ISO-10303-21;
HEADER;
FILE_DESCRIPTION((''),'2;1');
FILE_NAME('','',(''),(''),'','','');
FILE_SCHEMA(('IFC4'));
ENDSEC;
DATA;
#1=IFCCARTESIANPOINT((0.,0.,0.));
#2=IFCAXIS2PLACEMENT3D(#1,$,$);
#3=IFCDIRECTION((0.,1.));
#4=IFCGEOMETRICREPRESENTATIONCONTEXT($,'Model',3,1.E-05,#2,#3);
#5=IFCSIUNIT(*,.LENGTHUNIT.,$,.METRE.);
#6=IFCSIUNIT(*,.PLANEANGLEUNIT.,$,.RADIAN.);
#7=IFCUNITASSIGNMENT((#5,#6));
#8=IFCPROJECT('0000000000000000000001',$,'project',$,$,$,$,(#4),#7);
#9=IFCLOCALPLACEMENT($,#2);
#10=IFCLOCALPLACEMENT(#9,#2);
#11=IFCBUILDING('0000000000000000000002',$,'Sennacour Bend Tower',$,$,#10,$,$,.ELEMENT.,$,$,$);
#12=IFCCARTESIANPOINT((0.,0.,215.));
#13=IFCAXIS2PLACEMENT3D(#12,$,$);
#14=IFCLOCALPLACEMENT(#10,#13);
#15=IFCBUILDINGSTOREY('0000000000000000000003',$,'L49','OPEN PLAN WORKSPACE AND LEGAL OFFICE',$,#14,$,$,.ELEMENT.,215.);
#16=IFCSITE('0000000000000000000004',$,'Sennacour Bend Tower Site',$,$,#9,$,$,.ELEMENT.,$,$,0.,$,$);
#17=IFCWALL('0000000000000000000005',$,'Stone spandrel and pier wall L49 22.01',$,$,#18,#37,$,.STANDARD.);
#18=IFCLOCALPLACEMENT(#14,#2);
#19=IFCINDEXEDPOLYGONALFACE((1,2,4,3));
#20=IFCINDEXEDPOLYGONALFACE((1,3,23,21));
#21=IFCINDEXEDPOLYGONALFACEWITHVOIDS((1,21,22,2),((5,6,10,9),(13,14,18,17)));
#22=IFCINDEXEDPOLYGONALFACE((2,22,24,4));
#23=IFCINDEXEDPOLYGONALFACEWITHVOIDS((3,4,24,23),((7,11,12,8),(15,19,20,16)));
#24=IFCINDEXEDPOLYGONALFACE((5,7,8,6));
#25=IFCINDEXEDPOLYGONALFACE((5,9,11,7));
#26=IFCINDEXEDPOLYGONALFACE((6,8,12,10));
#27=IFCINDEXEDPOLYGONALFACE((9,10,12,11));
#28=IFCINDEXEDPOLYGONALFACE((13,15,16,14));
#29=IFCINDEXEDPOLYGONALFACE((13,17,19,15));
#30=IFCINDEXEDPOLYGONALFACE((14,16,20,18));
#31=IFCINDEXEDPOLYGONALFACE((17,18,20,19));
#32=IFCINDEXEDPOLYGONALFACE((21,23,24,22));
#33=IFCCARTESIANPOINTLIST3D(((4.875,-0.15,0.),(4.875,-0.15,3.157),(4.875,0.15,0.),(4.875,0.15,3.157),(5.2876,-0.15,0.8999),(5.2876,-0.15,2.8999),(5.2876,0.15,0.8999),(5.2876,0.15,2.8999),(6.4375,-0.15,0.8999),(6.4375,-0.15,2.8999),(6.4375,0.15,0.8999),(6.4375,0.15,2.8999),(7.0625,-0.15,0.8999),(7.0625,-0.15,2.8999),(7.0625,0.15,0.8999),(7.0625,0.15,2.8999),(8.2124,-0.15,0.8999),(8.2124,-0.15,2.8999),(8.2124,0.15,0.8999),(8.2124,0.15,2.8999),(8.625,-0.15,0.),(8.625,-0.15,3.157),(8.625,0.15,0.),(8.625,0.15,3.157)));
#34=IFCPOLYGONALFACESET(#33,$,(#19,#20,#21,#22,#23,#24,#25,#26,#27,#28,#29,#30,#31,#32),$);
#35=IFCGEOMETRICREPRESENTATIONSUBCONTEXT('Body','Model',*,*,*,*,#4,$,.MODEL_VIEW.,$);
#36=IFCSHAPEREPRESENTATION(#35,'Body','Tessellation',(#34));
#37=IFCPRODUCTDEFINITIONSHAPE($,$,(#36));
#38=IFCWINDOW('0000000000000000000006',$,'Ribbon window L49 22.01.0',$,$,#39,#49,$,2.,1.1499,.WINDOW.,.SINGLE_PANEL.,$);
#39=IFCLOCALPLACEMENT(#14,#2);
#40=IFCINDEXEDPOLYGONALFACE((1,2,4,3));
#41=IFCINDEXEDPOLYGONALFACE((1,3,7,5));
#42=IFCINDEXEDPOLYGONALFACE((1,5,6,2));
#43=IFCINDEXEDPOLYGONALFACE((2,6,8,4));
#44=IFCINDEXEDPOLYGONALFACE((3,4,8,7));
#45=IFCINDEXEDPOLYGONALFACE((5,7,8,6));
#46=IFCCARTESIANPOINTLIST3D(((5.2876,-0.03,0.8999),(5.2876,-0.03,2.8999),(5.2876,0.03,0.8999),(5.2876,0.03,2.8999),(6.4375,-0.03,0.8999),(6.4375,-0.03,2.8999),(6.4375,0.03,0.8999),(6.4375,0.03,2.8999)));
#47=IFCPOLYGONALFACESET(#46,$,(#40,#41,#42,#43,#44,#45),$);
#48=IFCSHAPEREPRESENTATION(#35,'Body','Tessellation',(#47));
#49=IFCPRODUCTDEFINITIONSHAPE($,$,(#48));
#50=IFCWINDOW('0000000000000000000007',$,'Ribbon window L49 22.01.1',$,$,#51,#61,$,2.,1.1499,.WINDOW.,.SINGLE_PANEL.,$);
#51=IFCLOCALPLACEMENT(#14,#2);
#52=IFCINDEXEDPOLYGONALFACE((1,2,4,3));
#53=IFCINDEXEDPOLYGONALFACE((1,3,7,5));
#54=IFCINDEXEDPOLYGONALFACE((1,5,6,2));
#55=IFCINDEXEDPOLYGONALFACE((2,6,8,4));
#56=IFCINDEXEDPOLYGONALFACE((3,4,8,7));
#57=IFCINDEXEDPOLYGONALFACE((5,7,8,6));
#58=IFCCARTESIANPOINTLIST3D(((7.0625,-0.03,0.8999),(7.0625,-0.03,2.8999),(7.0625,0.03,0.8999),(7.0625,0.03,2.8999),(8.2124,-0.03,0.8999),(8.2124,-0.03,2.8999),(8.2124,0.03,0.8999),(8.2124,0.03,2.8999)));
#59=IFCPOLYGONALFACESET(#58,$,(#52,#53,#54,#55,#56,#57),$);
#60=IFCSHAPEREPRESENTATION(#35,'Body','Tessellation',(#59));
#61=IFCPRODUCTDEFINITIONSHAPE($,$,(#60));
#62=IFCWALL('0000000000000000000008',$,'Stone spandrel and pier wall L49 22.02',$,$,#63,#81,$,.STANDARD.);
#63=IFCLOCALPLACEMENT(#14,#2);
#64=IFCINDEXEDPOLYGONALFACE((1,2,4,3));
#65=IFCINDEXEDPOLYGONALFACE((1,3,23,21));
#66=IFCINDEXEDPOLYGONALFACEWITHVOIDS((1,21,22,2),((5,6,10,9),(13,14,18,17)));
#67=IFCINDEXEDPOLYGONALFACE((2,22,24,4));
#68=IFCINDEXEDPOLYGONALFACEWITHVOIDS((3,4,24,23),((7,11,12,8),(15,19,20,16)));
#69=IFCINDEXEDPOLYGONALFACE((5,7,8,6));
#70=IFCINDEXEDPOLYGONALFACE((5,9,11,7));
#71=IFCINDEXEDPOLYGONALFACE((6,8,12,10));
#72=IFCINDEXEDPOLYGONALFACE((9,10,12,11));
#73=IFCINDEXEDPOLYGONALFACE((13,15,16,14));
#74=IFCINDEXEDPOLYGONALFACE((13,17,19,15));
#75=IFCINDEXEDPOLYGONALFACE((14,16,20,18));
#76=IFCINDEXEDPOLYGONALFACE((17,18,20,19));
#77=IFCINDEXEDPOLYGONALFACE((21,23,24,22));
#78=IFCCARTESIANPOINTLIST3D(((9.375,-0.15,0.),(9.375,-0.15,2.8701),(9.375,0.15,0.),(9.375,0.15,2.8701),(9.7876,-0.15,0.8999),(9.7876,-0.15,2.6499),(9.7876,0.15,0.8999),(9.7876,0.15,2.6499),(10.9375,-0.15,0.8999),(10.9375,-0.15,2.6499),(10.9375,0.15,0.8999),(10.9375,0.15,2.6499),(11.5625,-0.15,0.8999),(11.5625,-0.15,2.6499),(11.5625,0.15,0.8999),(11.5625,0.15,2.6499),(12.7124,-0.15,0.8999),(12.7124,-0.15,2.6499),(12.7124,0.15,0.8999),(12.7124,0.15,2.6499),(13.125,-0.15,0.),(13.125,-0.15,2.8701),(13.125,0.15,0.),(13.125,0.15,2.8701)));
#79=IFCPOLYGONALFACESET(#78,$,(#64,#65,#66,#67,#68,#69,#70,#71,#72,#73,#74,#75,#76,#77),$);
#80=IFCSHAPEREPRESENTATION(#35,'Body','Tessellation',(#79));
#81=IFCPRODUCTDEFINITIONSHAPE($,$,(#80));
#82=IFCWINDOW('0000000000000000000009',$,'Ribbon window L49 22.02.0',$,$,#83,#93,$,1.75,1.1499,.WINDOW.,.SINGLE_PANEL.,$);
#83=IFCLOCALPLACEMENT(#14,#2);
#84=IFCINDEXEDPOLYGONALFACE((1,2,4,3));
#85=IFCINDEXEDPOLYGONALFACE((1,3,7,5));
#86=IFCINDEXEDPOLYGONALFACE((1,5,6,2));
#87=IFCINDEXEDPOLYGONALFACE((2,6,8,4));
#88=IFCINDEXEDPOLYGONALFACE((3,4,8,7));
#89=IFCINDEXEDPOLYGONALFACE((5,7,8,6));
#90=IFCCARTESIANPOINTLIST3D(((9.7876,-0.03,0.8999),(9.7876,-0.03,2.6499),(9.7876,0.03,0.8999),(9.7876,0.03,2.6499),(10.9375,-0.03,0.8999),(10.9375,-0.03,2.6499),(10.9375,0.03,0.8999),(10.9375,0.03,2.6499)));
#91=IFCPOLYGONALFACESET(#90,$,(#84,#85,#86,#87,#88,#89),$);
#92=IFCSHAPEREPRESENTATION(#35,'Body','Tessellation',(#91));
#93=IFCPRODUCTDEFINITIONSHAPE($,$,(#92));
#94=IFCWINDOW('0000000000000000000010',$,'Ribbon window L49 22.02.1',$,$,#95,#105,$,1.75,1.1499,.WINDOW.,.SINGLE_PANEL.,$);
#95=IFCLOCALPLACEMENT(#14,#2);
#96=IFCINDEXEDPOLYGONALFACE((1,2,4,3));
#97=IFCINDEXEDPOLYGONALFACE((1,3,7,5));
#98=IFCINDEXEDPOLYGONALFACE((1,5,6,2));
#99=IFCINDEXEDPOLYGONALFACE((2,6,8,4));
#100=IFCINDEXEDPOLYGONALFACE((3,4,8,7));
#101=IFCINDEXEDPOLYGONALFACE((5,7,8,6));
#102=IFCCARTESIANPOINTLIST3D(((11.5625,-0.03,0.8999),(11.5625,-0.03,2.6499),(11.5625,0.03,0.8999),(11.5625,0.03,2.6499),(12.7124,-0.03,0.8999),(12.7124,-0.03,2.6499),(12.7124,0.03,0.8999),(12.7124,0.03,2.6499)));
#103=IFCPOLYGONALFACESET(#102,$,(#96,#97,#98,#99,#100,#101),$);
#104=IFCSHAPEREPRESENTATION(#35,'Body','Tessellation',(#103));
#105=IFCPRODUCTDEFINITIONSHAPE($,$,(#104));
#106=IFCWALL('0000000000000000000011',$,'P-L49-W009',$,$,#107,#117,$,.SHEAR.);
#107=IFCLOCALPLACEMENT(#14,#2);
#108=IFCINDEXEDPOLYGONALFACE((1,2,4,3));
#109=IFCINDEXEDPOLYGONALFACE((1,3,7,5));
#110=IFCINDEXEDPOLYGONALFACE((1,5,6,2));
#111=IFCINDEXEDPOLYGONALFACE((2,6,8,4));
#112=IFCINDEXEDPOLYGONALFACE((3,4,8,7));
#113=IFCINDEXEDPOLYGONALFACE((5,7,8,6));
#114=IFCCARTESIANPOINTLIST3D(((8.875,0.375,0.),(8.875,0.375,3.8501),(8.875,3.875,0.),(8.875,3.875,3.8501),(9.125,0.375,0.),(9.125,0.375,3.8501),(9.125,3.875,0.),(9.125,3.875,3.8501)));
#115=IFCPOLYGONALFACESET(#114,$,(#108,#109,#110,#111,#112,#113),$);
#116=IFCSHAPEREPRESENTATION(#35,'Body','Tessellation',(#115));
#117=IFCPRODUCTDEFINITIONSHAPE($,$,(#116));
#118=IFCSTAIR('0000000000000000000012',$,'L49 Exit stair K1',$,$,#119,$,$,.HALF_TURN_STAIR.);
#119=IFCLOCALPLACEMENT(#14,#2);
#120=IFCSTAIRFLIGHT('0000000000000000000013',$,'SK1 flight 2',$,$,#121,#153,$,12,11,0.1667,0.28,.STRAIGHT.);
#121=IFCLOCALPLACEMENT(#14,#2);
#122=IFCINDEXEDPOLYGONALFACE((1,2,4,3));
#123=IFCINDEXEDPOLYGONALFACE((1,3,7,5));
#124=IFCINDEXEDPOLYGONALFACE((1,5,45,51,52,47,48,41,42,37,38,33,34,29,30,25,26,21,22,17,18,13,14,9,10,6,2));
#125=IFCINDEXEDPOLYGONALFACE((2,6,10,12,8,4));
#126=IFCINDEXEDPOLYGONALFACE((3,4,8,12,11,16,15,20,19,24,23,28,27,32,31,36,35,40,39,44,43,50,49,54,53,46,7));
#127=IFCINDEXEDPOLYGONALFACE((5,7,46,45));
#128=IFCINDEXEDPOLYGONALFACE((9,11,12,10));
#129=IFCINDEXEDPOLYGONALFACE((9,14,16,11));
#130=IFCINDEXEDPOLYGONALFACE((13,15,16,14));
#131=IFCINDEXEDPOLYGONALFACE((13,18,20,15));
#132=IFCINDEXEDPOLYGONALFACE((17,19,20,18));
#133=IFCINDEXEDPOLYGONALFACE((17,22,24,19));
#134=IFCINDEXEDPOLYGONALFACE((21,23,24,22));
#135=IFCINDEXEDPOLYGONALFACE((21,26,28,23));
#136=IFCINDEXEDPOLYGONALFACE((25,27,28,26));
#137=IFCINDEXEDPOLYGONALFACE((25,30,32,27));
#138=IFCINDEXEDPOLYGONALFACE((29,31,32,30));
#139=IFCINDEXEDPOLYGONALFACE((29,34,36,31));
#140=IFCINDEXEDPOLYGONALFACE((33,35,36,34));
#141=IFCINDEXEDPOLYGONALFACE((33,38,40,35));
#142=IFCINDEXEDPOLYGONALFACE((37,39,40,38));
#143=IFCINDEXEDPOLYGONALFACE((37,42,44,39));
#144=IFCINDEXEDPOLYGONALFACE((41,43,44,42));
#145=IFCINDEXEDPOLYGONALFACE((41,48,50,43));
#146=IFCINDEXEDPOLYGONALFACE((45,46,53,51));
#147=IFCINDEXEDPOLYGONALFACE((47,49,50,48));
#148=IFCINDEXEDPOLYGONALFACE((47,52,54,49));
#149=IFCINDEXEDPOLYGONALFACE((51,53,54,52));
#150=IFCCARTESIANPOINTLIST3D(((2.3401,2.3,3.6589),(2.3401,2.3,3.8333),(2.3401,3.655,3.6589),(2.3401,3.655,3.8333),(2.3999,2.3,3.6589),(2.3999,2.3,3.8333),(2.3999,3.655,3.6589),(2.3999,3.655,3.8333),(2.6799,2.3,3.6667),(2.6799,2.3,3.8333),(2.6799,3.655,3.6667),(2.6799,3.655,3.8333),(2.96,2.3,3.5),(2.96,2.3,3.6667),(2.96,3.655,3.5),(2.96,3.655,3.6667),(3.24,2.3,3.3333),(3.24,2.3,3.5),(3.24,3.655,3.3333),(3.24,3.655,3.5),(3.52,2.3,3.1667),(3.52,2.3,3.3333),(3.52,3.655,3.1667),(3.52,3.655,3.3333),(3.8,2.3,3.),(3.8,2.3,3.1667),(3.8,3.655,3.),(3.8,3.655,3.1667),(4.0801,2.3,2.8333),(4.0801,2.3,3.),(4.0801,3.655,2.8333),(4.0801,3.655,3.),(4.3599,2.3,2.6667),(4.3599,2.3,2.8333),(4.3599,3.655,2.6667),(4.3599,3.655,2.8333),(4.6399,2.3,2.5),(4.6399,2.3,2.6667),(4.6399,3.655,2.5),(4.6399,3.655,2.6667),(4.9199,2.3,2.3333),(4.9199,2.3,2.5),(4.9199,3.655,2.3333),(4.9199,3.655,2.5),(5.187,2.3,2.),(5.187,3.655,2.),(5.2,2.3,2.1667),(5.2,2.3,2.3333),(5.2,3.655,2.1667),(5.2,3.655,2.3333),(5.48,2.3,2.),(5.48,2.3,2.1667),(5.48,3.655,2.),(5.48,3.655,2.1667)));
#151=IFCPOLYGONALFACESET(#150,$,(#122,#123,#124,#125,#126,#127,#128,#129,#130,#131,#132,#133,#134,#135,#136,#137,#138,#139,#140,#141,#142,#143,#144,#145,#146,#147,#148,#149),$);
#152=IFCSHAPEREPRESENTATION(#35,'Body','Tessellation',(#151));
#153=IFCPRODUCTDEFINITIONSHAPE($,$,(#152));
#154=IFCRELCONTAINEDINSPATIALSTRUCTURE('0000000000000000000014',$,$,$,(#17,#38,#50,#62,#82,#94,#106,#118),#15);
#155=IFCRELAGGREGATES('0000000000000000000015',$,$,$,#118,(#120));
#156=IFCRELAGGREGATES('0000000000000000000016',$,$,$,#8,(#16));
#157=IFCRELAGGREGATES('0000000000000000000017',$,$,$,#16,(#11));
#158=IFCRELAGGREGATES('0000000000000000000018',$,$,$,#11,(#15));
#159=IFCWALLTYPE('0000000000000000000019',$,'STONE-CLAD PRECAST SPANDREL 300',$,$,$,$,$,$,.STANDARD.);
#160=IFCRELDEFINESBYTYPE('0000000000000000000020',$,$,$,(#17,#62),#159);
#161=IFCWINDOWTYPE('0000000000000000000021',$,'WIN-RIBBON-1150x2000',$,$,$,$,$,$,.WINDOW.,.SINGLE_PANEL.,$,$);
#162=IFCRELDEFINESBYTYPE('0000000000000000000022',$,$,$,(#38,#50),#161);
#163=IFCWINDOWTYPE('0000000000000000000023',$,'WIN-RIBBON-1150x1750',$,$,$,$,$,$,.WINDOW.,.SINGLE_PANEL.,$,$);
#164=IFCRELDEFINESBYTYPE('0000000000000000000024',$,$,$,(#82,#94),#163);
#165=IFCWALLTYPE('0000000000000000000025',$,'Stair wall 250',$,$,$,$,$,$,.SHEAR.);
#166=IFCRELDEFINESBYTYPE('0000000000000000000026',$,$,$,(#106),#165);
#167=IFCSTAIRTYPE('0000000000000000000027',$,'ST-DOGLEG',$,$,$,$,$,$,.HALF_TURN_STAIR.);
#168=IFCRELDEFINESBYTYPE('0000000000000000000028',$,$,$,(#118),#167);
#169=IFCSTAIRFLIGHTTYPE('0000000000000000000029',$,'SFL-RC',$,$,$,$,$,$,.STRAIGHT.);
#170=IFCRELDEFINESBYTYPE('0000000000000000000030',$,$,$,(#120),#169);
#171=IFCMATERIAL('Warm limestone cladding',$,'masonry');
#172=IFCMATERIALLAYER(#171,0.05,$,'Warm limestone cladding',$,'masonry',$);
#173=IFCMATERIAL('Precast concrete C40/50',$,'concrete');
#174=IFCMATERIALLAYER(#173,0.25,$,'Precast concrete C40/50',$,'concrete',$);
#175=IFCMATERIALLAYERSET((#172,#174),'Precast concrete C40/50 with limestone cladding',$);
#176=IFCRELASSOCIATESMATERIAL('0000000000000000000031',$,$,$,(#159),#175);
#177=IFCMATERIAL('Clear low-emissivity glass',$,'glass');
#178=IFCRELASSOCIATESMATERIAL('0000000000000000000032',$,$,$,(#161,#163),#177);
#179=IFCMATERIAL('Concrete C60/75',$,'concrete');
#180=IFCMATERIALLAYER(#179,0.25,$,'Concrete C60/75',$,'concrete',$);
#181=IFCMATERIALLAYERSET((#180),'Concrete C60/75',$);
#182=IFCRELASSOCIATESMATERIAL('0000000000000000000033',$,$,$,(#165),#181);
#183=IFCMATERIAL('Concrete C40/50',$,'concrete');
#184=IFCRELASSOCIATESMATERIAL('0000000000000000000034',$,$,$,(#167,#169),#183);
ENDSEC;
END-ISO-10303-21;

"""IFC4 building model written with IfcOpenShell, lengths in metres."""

from ifc_helpers import new_model, si_unit, direction, frame, frame_2d, origin, place, context, subcontext, project, spatial, polyline, rectangle, outline, extrude, material, layer, layer_set, type_object, element, fill, aggregate, save


model = new_model("IFC4")

# Units and contexts
model_context = context("Model", 3, precision=1e-05, world=origin(), true_north=direction((0.0, 1.0)))
body_context = subcontext(model_context, "Body", "Model", "MODEL_VIEW")
ifc_project = project(units=[si_unit("LENGTHUNIT", "METRE"), si_unit("PLANEANGLEUNIT", "RADIAN")], contexts=[model_context])

# Site, building, storey
site_placement = place(None, origin())
site = spatial("IfcSite", under=ifc_project, at=site_placement, Name="Sennacour Bend Tower Site", CompositionType="ELEMENT", RefElevation=0.0)
building_placement = place(site_placement, origin())
building = spatial("IfcBuilding", under=site, at=building_placement, Name="Sennacour Bend Tower", CompositionType="ELEMENT")
storey_placement = place(building_placement, frame((0.0, 0.0, 215.0)))
storey = spatial("IfcBuildingStorey", under=building, at=storey_placement, Name="L49", Description="OPEN PLAN WORKSPACE AND LEGAL OFFICE", CompositionType="ELEMENT", Elevation=215.0)

# Walls, openings, windows
ifc_material_1 = material(Name="Warm limestone cladding", Category="masonry")
ifc_layer_1 = layer(ifc_material_1, 0.05, Name="Warm limestone cladding", Category="masonry")
ifc_material_2 = material(Name="Precast concrete C40/50", Category="concrete")
ifc_layer_2 = layer(ifc_material_2, 0.25, Name="Precast concrete C40/50", Category="concrete")
ifc_layer_set_1 = layer_set([ifc_layer_1, ifc_layer_2], Name="Precast concrete C40/50 with limestone cladding")
wall_type_1 = type_object("IfcWallType", Name="STONE-CLAD PRECAST SPANDREL 300", PredefinedType="STANDARD", material=ifc_layer_set_1)
wall_1_placement = place(storey_placement, frame((4.875, 0.0, 0.0), z_axis=(0.0, 0.0, 1.0), x_axis=(1.0, 0.0, 0.0)))
wall_1 = element("IfcWall", 1, at=wall_1_placement, inside=storey, type_object=wall_type_1, Name="Stone spandrel and pier wall L49 22.01", PredefinedType="STANDARD", context=body_context, shape_type="SweptSolid", body=[
    extrude(rectangle(XDim=3.75, YDim=0.3, at=frame_2d((1.875, 0.0))), origin(), (0.0, 0.0, 1.0), 3.157),
])
opening_1_placement = place(wall_1_placement, frame((0.4126, 0.0, 0.8999)))
opening_1 = element("IfcOpeningElement", 2, at=opening_1_placement, cuts=wall_1, PredefinedType="OPENING", context=body_context, shape_type="SweptSolid", body=[
    extrude(rectangle(XDim=1.1499, YDim=2.0, at=frame_2d((0.575, 1.0))), frame((0.0, 0.1602, 0.0), z_axis=(0.0, -1.0, 0.0), x_axis=(1.0, 0.0, 0.0)), (0.0, 0.0, 1.0), 0.3201),
])
opening_2_placement = place(wall_1_placement, frame((2.1875, 0.0, 0.8999)))
opening_2 = element("IfcOpeningElement", 3, at=opening_2_placement, cuts=wall_1, PredefinedType="OPENING", context=body_context, shape_type="SweptSolid", body=[
    extrude(rectangle(XDim=1.1499, YDim=2.0, at=frame_2d((0.575, 1.0))), frame((0.0, 0.1602, 0.0), z_axis=(0.0, -1.0, 0.0), x_axis=(1.0, 0.0, 0.0)), (0.0, 0.0, 1.0), 0.3201),
])
ifc_material_3 = material(Name="Clear low-emissivity glass", Category="glass")
window_type_1 = type_object("IfcWindowType", Name="WIN-RIBBON-1150x2000", PartitioningType="SINGLE_PANEL", PredefinedType="WINDOW", material=ifc_material_3)
window_1_placement = place(opening_1_placement, origin())
window_1 = element("IfcWindow", 4, at=window_1_placement, inside=storey, type_object=window_type_1, Name="Ribbon window L49 22.01.0", OverallHeight=2.0, OverallWidth=1.1499, PartitioningType="SINGLE_PANEL", PredefinedType="WINDOW", context=body_context, shape_type="SweptSolid", body=[
    extrude(rectangle(XDim=1.1499, YDim=2.0, at=frame_2d((0.575, 1.0))), frame((0.0, 0.03, 0.0), z_axis=(0.0, -1.0, 0.0), x_axis=(1.0, 0.0, 0.0)), (0.0, 0.0, 1.0), 0.0601),
])
fill(opening_1, window_1)
window_2_placement = place(opening_2_placement, origin())
window_2 = element("IfcWindow", 5, at=window_2_placement, inside=storey, type_object=window_type_1, Name="Ribbon window L49 22.01.1", OverallHeight=2.0, OverallWidth=1.1499, PartitioningType="SINGLE_PANEL", PredefinedType="WINDOW", context=body_context, shape_type="SweptSolid", body=[
    extrude(rectangle(XDim=1.1499, YDim=2.0, at=frame_2d((0.575, 1.0))), frame((0.0, 0.03, 0.0), z_axis=(0.0, -1.0, 0.0), x_axis=(1.0, 0.0, 0.0)), (0.0, 0.0, 1.0), 0.0601),
])
fill(opening_2, window_2)
wall_2_placement = place(storey_placement, frame((9.375, 0.0, 0.0), z_axis=(0.0, 0.0, 1.0), x_axis=(1.0, 0.0, 0.0)))
wall_2 = element("IfcWall", 6, at=wall_2_placement, inside=storey, type_object=wall_type_1, Name="Stone spandrel and pier wall L49 22.02", PredefinedType="STANDARD", context=body_context, shape_type="SweptSolid", body=[
    extrude(rectangle(XDim=3.75, YDim=0.3, at=frame_2d((1.875, 0.0))), origin(), (0.0, 0.0, 1.0), 2.8701),
])
opening_3_placement = place(wall_2_placement, frame((0.4126, 0.0, 0.8999)))
opening_3 = element("IfcOpeningElement", 7, at=opening_3_placement, cuts=wall_2, PredefinedType="OPENING", context=body_context, shape_type="SweptSolid", body=[
    extrude(rectangle(XDim=1.1499, YDim=1.75, at=frame_2d((0.575, 0.875))), frame((0.0, 0.1602, 0.0), z_axis=(0.0, -1.0, 0.0), x_axis=(1.0, 0.0, 0.0)), (0.0, 0.0, 1.0), 0.3201),
])
opening_4_placement = place(wall_2_placement, frame((2.1875, 0.0, 0.8999)))
opening_4 = element("IfcOpeningElement", 8, at=opening_4_placement, cuts=wall_2, PredefinedType="OPENING", context=body_context, shape_type="SweptSolid", body=[
    extrude(rectangle(XDim=1.1499, YDim=1.75, at=frame_2d((0.575, 0.875))), frame((0.0, 0.1602, 0.0), z_axis=(0.0, -1.0, 0.0), x_axis=(1.0, 0.0, 0.0)), (0.0, 0.0, 1.0), 0.3201),
])
window_type_2 = type_object("IfcWindowType", Name="WIN-RIBBON-1150x1750", PartitioningType="SINGLE_PANEL", PredefinedType="WINDOW", material=ifc_material_3)
window_3_placement = place(opening_3_placement, origin())
window_3 = element("IfcWindow", 9, at=window_3_placement, inside=storey, type_object=window_type_2, Name="Ribbon window L49 22.02.0", OverallHeight=1.75, OverallWidth=1.1499, PartitioningType="SINGLE_PANEL", PredefinedType="WINDOW", context=body_context, shape_type="SweptSolid", body=[
    extrude(rectangle(XDim=1.1499, YDim=1.75, at=frame_2d((0.575, 0.875))), frame((0.0, 0.03, 0.0), z_axis=(0.0, -1.0, 0.0), x_axis=(1.0, 0.0, 0.0)), (0.0, 0.0, 1.0), 0.0601),
])
fill(opening_3, window_3)
window_4_placement = place(opening_4_placement, origin())
window_4 = element("IfcWindow", 10, at=window_4_placement, inside=storey, type_object=window_type_2, Name="Ribbon window L49 22.02.1", OverallHeight=1.75, OverallWidth=1.1499, PartitioningType="SINGLE_PANEL", PredefinedType="WINDOW", context=body_context, shape_type="SweptSolid", body=[
    extrude(rectangle(XDim=1.1499, YDim=1.75, at=frame_2d((0.575, 0.875))), frame((0.0, 0.03, 0.0), z_axis=(0.0, -1.0, 0.0), x_axis=(1.0, 0.0, 0.0)), (0.0, 0.0, 1.0), 0.0601),
])
fill(opening_4, window_4)

# Wall
ifc_material_4 = material(Name="Concrete C60/75", Category="concrete")
ifc_layer_3 = layer(ifc_material_4, 0.25, Name="Concrete C60/75", Category="concrete")
ifc_layer_set_2 = layer_set([ifc_layer_3], Name="Concrete C60/75")
wall_type_2 = type_object("IfcWallType", Name="Stair wall 250", PredefinedType="SHEAR", material=ifc_layer_set_2)
wall_3_placement = place(storey_placement, frame((9.0, 0.375, 0.0), z_axis=(0.0, 0.0, 1.0), x_axis=(0.0, 1.0, 0.0)))
element("IfcWall", 11, at=wall_3_placement, inside=storey, type_object=wall_type_2, Name="P-L49-W009", PredefinedType="SHEAR", context=body_context, shape_type="SweptSolid", body=[
    extrude(rectangle(XDim=3.5, YDim=0.25, at=frame_2d((1.75, 0.0))), origin(), (0.0, 0.0, 1.0), 3.8501),
])

# Stair, stair flight
ifc_material_5 = material(Name="Concrete C40/50", Category="concrete")
stair_type = type_object("IfcStairType", Name="ST-DOGLEG", PredefinedType="HALF_TURN_STAIR", material=ifc_material_5)
stair_placement = place(storey_placement, origin())
stair = element("IfcStair", 12, at=stair_placement, inside=storey, type_object=stair_type, Name="L49 Exit stair K1", PredefinedType="HALF_TURN_STAIR")
stair_flight_type = type_object("IfcStairFlightType", Name="SFL-RC", PredefinedType="STRAIGHT", material=ifc_material_5)
stair_flight_placement = place(storey_placement, frame((5.48, 2.9775, 2.0), z_axis=(0.0, 0.0, 1.0), x_axis=(-1.0, 0.0, 0.0)))
stair_flight = element("IfcStairFlight", 13, at=stair_flight_placement, type_object=stair_flight_type, Name="SK1 flight 2", NumberOfRisers=12, NumberOfTreads=11, PredefinedType="STRAIGHT", RiserHeight=0.1667, TreadLength=0.28, context=body_context, shape_type="SweptSolid", body=[
    extrude(outline(polyline([(0.0, 0.0), (0.0, 0.1667), (0.28, 0.1667), (0.28, 0.3333), (0.5601, 0.3333), (0.5601, 0.5), (0.8401, 0.5), (0.8401, 0.6667), (1.1201, 0.6667), (1.1201, 0.8333), (1.3999, 0.8333), (1.3999, 1.0), (1.6799, 1.0), (1.6799, 1.1667), (1.96, 1.1667), (1.96, 1.3333), (2.24, 1.3333), (2.24, 1.5), (2.52, 1.5), (2.52, 1.6667), (2.8, 1.6667), (2.8, 1.8333), (3.0801, 1.8333), (3.1399, 1.8333), (3.1399, 1.6589), (3.0801, 1.6589), (0.293, 0.0), (0.0, 0.0)])), frame((0.0, 0.6775, 0.0), z_axis=(0.0, -1.0, 0.0), x_axis=(1.0, 0.0, 0.0)), (0.0, 0.0, 1.0), 1.355),
])
aggregate(stair, [stair_flight])

save(model, "model.ifc")
